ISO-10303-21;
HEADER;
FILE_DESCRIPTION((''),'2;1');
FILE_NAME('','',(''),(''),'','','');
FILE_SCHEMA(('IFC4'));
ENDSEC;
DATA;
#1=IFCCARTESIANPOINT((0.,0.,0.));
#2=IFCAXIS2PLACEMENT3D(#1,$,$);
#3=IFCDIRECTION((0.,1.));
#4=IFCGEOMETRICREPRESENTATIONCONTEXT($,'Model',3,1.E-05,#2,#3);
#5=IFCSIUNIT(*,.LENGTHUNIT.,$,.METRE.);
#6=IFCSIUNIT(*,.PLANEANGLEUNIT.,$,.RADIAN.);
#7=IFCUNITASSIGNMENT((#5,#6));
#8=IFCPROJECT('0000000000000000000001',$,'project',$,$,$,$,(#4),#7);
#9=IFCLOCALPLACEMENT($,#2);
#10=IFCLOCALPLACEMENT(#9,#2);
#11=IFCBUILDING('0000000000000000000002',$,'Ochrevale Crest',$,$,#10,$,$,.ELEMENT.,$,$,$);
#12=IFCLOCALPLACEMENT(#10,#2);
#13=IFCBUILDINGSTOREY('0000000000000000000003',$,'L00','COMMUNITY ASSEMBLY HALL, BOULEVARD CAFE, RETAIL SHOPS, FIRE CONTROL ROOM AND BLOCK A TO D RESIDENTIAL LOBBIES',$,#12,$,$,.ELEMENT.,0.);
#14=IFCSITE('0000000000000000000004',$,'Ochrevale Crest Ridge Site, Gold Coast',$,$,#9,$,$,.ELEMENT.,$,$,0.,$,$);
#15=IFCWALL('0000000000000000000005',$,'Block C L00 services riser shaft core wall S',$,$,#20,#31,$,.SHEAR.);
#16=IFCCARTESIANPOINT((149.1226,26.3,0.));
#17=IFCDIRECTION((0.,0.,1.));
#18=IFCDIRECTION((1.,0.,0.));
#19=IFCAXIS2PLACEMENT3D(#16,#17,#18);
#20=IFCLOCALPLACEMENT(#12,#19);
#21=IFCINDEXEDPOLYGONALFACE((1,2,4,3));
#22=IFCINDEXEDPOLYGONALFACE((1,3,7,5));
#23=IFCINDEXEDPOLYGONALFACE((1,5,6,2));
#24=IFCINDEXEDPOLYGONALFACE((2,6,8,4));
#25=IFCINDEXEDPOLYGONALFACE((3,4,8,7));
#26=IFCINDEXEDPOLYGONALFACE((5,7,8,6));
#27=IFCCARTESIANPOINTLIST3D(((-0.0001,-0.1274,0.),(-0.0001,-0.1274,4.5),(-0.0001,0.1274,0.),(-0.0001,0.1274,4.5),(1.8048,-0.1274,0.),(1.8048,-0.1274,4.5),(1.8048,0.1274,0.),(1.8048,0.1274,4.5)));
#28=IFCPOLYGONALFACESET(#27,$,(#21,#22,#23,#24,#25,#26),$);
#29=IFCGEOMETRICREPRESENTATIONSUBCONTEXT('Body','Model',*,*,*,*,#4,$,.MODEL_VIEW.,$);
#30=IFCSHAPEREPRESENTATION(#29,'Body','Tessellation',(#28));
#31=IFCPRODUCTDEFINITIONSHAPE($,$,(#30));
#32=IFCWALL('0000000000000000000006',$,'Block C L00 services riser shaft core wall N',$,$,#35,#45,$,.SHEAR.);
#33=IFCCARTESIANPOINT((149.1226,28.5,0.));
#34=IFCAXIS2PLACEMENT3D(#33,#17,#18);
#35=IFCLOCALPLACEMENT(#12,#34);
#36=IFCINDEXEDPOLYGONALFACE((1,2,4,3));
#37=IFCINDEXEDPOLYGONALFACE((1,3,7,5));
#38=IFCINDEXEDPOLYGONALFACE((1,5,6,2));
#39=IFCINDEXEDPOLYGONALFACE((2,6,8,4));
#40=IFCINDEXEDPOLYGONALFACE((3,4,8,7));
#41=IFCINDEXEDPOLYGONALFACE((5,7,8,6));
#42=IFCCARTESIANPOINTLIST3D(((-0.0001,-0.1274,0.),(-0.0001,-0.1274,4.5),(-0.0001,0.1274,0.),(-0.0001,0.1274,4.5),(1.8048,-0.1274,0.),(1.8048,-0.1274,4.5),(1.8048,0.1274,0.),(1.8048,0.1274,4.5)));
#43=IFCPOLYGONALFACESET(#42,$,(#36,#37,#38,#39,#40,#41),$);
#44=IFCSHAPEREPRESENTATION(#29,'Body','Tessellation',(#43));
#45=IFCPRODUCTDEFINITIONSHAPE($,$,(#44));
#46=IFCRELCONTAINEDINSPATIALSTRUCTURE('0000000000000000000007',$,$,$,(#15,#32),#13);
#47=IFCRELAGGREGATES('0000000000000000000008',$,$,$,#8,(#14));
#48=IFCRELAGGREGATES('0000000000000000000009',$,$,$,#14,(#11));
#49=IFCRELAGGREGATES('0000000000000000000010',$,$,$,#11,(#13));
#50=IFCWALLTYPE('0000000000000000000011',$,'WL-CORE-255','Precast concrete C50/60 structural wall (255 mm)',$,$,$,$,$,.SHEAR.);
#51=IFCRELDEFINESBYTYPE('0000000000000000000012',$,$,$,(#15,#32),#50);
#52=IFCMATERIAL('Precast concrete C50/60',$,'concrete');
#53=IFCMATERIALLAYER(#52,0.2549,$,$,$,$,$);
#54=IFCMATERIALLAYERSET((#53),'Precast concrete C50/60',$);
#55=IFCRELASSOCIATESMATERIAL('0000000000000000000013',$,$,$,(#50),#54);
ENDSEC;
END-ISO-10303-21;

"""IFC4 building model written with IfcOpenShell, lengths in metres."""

from ifc_helpers import new_model, si_unit, direction, frame, frame_2d, origin, place, context, subcontext, project, spatial, rectangle, extrude, material, layer, layer_set, type_object, element, save


model = new_model("IFC4")

# Units and contexts
model_context = context("Model", 3, precision=1e-05, world=origin(), true_north=direction((0.0, 1.0)))
body_context = subcontext(model_context, "Body", "Model", "MODEL_VIEW")
ifc_project = project(units=[si_unit("LENGTHUNIT", "METRE"), si_unit("PLANEANGLEUNIT", "RADIAN")], contexts=[model_context])

# Site, building, storey
site_placement = place(None, origin())
site = spatial("IfcSite", under=ifc_project, at=site_placement, Name="Ochrevale Crest Ridge Site, Gold Coast", CompositionType="ELEMENT", RefElevation=0.0)
building_placement = place(site_placement, origin())
building = spatial("IfcBuilding", under=site, at=building_placement, Name="Ochrevale Crest", CompositionType="ELEMENT")
storey_placement = place(building_placement, origin())
storey = spatial("IfcBuildingStorey", under=building, at=storey_placement, Name="L00", Description="COMMUNITY ASSEMBLY HALL, BOULEVARD CAFE, RETAIL SHOPS, FIRE CONTROL ROOM AND BLOCK A TO D RESIDENTIAL LOBBIES", CompositionType="ELEMENT", Elevation=0.0)

# Shared definitions
ifc_material_1 = material(Name="Precast concrete C50/60", Category="concrete")
ifc_layer = layer(ifc_material_1, 0.2549)
ifc_layer_set = layer_set([ifc_layer], Name="Precast concrete C50/60")
wall_type = type_object("IfcWallType", Name="WL-CORE-255", Description="Precast concrete C50/60 structural wall (255 mm)", PredefinedType="SHEAR", material=ifc_layer_set)

# Walls
for number, where, z_axis, x_axis, name in (
    (1, (149.1226, 26.3, 0.0), (0.0, 0.0, 1.0), (1.0, 0.0, 0.0), "Block C L00 services riser shaft core wall S"),
    (2, (149.1226, 28.5, 0.0), (0.0, 0.0, 1.0), (1.0, 0.0, 0.0), "Block C L00 services riser shaft core wall N"),
):
    element("IfcWall", number, at=place(storey_placement, frame(where, z_axis=z_axis, x_axis=x_axis)), inside=storey, type_object=wall_type, Name=name, PredefinedType="SHEAR", context=body_context, shape_type="SweptSolid", body=[
        extrude(rectangle(XDim=1.8049, YDim=0.2549, at=frame_2d((0.9023, 0.0))), origin(), (0.0, 0.0, 1.0), 4.5),
    ])

save(model, "model.ifc")
